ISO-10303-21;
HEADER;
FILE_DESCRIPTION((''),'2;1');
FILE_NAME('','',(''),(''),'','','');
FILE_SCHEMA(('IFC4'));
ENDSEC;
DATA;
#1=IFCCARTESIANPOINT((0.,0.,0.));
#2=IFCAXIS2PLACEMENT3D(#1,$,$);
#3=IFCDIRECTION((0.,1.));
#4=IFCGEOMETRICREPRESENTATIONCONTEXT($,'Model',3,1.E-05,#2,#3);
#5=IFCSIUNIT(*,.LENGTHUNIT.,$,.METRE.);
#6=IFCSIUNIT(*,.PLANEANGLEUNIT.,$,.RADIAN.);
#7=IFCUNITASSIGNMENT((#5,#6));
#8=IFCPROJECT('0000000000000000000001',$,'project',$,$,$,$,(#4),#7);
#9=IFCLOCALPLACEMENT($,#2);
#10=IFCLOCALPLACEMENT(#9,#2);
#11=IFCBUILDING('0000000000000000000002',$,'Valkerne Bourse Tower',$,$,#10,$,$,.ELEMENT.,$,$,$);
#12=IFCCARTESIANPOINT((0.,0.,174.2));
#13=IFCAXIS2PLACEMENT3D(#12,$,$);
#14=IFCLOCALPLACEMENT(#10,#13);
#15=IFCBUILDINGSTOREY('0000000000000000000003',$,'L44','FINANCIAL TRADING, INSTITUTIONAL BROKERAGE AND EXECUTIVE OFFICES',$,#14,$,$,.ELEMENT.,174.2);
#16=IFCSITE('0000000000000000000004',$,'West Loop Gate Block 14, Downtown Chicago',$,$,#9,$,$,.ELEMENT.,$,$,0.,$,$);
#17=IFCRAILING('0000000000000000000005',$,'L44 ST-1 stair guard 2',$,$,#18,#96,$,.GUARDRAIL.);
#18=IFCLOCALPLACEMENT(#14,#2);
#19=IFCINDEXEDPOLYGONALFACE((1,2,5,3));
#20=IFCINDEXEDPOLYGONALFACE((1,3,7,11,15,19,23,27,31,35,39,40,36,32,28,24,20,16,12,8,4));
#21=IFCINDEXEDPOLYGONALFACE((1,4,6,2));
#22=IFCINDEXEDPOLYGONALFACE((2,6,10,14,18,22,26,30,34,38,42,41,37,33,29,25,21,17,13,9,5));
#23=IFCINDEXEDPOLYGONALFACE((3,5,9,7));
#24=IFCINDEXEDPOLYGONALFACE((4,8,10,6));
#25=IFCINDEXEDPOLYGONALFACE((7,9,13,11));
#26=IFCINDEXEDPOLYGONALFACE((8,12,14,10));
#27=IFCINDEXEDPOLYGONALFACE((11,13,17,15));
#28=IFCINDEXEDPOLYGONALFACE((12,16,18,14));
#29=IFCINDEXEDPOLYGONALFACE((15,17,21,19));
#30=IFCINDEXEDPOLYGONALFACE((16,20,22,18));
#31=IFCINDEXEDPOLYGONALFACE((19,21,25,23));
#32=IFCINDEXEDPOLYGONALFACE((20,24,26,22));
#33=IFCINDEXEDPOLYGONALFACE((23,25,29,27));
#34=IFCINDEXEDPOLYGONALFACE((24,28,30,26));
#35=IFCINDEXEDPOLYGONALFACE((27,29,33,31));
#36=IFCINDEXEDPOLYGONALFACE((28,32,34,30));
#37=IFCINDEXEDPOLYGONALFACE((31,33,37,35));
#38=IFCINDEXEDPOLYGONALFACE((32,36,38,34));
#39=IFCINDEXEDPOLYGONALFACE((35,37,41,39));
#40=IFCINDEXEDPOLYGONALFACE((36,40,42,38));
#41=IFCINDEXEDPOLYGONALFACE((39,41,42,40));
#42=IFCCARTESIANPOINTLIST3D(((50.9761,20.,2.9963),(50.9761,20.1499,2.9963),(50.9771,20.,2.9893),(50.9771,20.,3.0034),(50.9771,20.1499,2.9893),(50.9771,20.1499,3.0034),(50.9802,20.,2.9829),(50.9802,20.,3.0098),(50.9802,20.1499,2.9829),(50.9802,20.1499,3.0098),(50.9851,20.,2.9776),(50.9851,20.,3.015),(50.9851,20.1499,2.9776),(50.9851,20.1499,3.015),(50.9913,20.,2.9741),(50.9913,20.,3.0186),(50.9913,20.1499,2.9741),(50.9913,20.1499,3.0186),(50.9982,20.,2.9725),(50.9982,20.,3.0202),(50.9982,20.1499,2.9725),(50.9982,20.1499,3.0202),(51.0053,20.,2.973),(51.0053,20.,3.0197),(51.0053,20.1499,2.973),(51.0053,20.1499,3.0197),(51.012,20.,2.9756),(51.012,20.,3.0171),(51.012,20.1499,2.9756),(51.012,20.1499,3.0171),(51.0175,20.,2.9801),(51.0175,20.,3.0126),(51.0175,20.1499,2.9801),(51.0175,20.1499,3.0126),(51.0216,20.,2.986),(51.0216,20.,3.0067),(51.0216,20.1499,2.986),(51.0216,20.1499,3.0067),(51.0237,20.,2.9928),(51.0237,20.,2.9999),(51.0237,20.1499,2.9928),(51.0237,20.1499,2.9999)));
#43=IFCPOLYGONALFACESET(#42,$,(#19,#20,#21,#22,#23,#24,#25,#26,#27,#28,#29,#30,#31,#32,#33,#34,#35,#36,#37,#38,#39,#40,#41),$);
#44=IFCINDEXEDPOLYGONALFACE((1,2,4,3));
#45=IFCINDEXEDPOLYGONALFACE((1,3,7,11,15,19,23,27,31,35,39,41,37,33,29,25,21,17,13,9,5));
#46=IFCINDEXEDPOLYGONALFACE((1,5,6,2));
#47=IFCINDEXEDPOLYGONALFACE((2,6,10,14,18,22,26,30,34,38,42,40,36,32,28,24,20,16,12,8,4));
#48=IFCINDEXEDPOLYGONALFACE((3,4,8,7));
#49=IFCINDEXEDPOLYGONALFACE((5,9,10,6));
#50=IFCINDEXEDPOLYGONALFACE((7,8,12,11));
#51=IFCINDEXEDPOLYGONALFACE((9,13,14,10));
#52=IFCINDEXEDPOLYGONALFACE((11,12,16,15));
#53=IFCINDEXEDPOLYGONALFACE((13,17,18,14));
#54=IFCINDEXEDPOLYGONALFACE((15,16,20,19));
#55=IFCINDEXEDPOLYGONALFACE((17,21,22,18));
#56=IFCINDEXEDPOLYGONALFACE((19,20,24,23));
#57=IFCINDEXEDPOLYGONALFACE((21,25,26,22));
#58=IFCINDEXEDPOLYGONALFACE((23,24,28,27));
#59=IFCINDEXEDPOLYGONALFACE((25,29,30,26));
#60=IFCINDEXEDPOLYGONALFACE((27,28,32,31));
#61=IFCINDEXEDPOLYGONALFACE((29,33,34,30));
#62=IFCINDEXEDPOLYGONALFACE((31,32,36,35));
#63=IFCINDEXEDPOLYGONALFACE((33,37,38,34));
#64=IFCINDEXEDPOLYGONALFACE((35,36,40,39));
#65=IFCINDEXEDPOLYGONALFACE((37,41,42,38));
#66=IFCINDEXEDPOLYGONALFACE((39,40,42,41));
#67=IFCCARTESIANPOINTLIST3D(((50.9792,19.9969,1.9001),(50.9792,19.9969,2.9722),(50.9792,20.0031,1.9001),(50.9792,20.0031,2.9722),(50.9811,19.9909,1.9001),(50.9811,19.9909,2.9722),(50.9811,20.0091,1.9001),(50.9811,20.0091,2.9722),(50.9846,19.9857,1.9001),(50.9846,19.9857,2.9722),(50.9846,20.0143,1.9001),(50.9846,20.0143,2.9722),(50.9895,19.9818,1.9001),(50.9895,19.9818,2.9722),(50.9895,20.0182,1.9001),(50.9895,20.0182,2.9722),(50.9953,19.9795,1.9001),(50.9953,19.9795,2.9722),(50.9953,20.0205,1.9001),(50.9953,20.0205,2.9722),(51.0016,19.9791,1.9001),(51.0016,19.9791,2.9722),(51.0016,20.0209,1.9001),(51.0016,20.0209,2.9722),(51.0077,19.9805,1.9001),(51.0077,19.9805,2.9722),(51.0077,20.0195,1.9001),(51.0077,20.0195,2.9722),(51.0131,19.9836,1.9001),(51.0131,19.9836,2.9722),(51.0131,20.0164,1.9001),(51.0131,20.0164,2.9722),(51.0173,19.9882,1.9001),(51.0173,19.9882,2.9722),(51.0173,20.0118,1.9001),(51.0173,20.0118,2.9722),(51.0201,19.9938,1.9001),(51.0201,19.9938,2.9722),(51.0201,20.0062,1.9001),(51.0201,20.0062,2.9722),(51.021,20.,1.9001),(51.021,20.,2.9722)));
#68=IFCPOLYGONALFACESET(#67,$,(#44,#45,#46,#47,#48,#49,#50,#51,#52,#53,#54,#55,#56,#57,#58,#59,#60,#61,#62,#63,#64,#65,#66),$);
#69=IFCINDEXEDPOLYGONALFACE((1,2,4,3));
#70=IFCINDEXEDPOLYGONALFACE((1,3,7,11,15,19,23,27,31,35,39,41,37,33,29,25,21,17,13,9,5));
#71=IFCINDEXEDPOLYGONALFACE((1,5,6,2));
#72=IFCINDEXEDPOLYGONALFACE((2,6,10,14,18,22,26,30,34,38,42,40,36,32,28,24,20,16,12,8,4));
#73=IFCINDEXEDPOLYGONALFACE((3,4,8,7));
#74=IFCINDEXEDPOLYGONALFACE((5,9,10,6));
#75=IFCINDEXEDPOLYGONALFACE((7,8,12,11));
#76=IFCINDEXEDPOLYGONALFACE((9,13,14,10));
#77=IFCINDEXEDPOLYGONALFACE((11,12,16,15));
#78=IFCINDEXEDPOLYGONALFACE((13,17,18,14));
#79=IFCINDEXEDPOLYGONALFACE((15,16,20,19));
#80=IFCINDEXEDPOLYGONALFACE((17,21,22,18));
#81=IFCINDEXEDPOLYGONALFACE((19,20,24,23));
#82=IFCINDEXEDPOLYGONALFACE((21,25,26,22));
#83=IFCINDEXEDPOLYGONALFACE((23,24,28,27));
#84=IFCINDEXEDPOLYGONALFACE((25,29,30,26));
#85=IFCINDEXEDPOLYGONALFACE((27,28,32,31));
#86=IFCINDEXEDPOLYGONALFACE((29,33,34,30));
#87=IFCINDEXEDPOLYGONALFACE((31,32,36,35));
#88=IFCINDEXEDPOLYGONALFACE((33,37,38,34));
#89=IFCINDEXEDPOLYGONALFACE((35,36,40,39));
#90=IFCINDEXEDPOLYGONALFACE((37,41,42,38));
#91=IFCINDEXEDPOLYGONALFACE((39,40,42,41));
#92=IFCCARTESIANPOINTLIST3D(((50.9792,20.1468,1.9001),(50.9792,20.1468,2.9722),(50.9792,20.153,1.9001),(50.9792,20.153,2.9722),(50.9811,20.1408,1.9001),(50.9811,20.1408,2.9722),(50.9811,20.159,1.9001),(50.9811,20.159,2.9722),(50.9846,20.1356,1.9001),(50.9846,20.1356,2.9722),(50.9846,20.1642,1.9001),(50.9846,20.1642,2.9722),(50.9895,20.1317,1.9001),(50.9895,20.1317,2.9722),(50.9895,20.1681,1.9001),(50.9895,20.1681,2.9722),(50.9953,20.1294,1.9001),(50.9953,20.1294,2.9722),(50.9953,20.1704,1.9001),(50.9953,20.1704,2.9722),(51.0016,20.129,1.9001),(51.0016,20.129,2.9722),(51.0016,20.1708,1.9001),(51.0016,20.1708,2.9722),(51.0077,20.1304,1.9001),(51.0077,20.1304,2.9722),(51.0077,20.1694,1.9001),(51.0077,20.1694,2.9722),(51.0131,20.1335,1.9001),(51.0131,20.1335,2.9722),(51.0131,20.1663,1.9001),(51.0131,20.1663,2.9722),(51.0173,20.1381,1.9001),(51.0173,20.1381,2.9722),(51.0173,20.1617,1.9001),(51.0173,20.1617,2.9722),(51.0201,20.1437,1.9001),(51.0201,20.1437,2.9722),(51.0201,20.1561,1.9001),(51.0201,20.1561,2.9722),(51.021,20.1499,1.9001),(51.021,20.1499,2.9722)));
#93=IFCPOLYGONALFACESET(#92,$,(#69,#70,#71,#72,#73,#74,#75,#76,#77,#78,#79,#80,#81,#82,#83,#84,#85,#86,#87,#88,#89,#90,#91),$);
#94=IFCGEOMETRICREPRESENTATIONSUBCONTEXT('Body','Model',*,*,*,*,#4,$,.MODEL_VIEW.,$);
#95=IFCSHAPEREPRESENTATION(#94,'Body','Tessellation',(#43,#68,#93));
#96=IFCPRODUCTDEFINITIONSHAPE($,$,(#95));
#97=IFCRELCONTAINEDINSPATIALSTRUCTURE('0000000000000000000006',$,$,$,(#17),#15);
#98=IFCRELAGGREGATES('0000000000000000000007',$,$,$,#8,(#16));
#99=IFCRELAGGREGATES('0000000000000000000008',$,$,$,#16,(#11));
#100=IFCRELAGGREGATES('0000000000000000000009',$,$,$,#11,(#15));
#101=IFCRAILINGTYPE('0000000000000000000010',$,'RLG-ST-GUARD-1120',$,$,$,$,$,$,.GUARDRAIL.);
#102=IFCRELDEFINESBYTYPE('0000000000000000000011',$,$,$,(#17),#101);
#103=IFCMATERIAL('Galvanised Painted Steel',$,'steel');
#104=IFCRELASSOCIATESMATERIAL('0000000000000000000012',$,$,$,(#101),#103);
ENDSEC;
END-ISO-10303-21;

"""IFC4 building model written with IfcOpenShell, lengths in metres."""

from ifc_helpers import new_model, si_unit, direction, frame, origin, origin_2d, place, context, subcontext, project, spatial, circle, extrude, material, type_object, element, save


model = new_model("IFC4")

# Units and contexts
model_context = context("Model", 3, precision=1e-05, world=origin(), true_north=direction((0.0, 1.0)))
body_context = subcontext(model_context, "Body", "Model", "MODEL_VIEW")
ifc_project = project(units=[si_unit("LENGTHUNIT", "METRE"), si_unit("PLANEANGLEUNIT", "RADIAN")], contexts=[model_context])

# Site, building, storey
site_placement = place(None, origin())
site = spatial("IfcSite", under=ifc_project, at=site_placement, Name="West Loop Gate Block 14, Downtown Chicago", CompositionType="ELEMENT", RefElevation=0.0)
building_placement = place(site_placement, origin())
building = spatial("IfcBuilding", under=site, at=building_placement, Name="Valkerne Bourse Tower", CompositionType="ELEMENT")
storey_placement = place(building_placement, frame((0.0, 0.0, 174.2)))
storey = spatial("IfcBuildingStorey", under=building, at=storey_placement, Name="L44", Description="FINANCIAL TRADING, INSTITUTIONAL BROKERAGE AND EXECUTIVE OFFICES", CompositionType="ELEMENT", Elevation=174.2)

# Shared definitions
ifc_material_1 = material(Name="Galvanised Painted Steel", Category="steel")

# Railing
railing_type_1 = type_object("IfcRailingType", Name="RLG-ST-GUARD-1120", PredefinedType="GUARDRAIL", material=ifc_material_1)
railing_1_placement = place(storey_placement, frame((51.0, 20.0, 1.9001)))
element("IfcRailing", 1, at=railing_1_placement, inside=storey, type_object=railing_type_1, Name="L44 ST-1 stair guard 2", PredefinedType="GUARDRAIL", context=body_context, shape_type="SweptSolid", body=[
    extrude(circle(Radius=0.0239, at=origin_2d()), frame((0.0, 0.0, 1.0962), z_axis=(0.0, 1.0, 0.0), x_axis=(-1.0, 0.0, 0.0)), (0.0, 0.0, 1.0), 0.1499),
    extrude(circle(Radius=0.021, at=origin_2d()), origin(), (0.0, 0.0, 1.0), 1.072),
    extrude(circle(Radius=0.021, at=origin_2d()), frame((0.0, 0.1499, 0.0)), (0.0, 0.0, 1.0), 1.072),
])

save(model, "model.ifc")
